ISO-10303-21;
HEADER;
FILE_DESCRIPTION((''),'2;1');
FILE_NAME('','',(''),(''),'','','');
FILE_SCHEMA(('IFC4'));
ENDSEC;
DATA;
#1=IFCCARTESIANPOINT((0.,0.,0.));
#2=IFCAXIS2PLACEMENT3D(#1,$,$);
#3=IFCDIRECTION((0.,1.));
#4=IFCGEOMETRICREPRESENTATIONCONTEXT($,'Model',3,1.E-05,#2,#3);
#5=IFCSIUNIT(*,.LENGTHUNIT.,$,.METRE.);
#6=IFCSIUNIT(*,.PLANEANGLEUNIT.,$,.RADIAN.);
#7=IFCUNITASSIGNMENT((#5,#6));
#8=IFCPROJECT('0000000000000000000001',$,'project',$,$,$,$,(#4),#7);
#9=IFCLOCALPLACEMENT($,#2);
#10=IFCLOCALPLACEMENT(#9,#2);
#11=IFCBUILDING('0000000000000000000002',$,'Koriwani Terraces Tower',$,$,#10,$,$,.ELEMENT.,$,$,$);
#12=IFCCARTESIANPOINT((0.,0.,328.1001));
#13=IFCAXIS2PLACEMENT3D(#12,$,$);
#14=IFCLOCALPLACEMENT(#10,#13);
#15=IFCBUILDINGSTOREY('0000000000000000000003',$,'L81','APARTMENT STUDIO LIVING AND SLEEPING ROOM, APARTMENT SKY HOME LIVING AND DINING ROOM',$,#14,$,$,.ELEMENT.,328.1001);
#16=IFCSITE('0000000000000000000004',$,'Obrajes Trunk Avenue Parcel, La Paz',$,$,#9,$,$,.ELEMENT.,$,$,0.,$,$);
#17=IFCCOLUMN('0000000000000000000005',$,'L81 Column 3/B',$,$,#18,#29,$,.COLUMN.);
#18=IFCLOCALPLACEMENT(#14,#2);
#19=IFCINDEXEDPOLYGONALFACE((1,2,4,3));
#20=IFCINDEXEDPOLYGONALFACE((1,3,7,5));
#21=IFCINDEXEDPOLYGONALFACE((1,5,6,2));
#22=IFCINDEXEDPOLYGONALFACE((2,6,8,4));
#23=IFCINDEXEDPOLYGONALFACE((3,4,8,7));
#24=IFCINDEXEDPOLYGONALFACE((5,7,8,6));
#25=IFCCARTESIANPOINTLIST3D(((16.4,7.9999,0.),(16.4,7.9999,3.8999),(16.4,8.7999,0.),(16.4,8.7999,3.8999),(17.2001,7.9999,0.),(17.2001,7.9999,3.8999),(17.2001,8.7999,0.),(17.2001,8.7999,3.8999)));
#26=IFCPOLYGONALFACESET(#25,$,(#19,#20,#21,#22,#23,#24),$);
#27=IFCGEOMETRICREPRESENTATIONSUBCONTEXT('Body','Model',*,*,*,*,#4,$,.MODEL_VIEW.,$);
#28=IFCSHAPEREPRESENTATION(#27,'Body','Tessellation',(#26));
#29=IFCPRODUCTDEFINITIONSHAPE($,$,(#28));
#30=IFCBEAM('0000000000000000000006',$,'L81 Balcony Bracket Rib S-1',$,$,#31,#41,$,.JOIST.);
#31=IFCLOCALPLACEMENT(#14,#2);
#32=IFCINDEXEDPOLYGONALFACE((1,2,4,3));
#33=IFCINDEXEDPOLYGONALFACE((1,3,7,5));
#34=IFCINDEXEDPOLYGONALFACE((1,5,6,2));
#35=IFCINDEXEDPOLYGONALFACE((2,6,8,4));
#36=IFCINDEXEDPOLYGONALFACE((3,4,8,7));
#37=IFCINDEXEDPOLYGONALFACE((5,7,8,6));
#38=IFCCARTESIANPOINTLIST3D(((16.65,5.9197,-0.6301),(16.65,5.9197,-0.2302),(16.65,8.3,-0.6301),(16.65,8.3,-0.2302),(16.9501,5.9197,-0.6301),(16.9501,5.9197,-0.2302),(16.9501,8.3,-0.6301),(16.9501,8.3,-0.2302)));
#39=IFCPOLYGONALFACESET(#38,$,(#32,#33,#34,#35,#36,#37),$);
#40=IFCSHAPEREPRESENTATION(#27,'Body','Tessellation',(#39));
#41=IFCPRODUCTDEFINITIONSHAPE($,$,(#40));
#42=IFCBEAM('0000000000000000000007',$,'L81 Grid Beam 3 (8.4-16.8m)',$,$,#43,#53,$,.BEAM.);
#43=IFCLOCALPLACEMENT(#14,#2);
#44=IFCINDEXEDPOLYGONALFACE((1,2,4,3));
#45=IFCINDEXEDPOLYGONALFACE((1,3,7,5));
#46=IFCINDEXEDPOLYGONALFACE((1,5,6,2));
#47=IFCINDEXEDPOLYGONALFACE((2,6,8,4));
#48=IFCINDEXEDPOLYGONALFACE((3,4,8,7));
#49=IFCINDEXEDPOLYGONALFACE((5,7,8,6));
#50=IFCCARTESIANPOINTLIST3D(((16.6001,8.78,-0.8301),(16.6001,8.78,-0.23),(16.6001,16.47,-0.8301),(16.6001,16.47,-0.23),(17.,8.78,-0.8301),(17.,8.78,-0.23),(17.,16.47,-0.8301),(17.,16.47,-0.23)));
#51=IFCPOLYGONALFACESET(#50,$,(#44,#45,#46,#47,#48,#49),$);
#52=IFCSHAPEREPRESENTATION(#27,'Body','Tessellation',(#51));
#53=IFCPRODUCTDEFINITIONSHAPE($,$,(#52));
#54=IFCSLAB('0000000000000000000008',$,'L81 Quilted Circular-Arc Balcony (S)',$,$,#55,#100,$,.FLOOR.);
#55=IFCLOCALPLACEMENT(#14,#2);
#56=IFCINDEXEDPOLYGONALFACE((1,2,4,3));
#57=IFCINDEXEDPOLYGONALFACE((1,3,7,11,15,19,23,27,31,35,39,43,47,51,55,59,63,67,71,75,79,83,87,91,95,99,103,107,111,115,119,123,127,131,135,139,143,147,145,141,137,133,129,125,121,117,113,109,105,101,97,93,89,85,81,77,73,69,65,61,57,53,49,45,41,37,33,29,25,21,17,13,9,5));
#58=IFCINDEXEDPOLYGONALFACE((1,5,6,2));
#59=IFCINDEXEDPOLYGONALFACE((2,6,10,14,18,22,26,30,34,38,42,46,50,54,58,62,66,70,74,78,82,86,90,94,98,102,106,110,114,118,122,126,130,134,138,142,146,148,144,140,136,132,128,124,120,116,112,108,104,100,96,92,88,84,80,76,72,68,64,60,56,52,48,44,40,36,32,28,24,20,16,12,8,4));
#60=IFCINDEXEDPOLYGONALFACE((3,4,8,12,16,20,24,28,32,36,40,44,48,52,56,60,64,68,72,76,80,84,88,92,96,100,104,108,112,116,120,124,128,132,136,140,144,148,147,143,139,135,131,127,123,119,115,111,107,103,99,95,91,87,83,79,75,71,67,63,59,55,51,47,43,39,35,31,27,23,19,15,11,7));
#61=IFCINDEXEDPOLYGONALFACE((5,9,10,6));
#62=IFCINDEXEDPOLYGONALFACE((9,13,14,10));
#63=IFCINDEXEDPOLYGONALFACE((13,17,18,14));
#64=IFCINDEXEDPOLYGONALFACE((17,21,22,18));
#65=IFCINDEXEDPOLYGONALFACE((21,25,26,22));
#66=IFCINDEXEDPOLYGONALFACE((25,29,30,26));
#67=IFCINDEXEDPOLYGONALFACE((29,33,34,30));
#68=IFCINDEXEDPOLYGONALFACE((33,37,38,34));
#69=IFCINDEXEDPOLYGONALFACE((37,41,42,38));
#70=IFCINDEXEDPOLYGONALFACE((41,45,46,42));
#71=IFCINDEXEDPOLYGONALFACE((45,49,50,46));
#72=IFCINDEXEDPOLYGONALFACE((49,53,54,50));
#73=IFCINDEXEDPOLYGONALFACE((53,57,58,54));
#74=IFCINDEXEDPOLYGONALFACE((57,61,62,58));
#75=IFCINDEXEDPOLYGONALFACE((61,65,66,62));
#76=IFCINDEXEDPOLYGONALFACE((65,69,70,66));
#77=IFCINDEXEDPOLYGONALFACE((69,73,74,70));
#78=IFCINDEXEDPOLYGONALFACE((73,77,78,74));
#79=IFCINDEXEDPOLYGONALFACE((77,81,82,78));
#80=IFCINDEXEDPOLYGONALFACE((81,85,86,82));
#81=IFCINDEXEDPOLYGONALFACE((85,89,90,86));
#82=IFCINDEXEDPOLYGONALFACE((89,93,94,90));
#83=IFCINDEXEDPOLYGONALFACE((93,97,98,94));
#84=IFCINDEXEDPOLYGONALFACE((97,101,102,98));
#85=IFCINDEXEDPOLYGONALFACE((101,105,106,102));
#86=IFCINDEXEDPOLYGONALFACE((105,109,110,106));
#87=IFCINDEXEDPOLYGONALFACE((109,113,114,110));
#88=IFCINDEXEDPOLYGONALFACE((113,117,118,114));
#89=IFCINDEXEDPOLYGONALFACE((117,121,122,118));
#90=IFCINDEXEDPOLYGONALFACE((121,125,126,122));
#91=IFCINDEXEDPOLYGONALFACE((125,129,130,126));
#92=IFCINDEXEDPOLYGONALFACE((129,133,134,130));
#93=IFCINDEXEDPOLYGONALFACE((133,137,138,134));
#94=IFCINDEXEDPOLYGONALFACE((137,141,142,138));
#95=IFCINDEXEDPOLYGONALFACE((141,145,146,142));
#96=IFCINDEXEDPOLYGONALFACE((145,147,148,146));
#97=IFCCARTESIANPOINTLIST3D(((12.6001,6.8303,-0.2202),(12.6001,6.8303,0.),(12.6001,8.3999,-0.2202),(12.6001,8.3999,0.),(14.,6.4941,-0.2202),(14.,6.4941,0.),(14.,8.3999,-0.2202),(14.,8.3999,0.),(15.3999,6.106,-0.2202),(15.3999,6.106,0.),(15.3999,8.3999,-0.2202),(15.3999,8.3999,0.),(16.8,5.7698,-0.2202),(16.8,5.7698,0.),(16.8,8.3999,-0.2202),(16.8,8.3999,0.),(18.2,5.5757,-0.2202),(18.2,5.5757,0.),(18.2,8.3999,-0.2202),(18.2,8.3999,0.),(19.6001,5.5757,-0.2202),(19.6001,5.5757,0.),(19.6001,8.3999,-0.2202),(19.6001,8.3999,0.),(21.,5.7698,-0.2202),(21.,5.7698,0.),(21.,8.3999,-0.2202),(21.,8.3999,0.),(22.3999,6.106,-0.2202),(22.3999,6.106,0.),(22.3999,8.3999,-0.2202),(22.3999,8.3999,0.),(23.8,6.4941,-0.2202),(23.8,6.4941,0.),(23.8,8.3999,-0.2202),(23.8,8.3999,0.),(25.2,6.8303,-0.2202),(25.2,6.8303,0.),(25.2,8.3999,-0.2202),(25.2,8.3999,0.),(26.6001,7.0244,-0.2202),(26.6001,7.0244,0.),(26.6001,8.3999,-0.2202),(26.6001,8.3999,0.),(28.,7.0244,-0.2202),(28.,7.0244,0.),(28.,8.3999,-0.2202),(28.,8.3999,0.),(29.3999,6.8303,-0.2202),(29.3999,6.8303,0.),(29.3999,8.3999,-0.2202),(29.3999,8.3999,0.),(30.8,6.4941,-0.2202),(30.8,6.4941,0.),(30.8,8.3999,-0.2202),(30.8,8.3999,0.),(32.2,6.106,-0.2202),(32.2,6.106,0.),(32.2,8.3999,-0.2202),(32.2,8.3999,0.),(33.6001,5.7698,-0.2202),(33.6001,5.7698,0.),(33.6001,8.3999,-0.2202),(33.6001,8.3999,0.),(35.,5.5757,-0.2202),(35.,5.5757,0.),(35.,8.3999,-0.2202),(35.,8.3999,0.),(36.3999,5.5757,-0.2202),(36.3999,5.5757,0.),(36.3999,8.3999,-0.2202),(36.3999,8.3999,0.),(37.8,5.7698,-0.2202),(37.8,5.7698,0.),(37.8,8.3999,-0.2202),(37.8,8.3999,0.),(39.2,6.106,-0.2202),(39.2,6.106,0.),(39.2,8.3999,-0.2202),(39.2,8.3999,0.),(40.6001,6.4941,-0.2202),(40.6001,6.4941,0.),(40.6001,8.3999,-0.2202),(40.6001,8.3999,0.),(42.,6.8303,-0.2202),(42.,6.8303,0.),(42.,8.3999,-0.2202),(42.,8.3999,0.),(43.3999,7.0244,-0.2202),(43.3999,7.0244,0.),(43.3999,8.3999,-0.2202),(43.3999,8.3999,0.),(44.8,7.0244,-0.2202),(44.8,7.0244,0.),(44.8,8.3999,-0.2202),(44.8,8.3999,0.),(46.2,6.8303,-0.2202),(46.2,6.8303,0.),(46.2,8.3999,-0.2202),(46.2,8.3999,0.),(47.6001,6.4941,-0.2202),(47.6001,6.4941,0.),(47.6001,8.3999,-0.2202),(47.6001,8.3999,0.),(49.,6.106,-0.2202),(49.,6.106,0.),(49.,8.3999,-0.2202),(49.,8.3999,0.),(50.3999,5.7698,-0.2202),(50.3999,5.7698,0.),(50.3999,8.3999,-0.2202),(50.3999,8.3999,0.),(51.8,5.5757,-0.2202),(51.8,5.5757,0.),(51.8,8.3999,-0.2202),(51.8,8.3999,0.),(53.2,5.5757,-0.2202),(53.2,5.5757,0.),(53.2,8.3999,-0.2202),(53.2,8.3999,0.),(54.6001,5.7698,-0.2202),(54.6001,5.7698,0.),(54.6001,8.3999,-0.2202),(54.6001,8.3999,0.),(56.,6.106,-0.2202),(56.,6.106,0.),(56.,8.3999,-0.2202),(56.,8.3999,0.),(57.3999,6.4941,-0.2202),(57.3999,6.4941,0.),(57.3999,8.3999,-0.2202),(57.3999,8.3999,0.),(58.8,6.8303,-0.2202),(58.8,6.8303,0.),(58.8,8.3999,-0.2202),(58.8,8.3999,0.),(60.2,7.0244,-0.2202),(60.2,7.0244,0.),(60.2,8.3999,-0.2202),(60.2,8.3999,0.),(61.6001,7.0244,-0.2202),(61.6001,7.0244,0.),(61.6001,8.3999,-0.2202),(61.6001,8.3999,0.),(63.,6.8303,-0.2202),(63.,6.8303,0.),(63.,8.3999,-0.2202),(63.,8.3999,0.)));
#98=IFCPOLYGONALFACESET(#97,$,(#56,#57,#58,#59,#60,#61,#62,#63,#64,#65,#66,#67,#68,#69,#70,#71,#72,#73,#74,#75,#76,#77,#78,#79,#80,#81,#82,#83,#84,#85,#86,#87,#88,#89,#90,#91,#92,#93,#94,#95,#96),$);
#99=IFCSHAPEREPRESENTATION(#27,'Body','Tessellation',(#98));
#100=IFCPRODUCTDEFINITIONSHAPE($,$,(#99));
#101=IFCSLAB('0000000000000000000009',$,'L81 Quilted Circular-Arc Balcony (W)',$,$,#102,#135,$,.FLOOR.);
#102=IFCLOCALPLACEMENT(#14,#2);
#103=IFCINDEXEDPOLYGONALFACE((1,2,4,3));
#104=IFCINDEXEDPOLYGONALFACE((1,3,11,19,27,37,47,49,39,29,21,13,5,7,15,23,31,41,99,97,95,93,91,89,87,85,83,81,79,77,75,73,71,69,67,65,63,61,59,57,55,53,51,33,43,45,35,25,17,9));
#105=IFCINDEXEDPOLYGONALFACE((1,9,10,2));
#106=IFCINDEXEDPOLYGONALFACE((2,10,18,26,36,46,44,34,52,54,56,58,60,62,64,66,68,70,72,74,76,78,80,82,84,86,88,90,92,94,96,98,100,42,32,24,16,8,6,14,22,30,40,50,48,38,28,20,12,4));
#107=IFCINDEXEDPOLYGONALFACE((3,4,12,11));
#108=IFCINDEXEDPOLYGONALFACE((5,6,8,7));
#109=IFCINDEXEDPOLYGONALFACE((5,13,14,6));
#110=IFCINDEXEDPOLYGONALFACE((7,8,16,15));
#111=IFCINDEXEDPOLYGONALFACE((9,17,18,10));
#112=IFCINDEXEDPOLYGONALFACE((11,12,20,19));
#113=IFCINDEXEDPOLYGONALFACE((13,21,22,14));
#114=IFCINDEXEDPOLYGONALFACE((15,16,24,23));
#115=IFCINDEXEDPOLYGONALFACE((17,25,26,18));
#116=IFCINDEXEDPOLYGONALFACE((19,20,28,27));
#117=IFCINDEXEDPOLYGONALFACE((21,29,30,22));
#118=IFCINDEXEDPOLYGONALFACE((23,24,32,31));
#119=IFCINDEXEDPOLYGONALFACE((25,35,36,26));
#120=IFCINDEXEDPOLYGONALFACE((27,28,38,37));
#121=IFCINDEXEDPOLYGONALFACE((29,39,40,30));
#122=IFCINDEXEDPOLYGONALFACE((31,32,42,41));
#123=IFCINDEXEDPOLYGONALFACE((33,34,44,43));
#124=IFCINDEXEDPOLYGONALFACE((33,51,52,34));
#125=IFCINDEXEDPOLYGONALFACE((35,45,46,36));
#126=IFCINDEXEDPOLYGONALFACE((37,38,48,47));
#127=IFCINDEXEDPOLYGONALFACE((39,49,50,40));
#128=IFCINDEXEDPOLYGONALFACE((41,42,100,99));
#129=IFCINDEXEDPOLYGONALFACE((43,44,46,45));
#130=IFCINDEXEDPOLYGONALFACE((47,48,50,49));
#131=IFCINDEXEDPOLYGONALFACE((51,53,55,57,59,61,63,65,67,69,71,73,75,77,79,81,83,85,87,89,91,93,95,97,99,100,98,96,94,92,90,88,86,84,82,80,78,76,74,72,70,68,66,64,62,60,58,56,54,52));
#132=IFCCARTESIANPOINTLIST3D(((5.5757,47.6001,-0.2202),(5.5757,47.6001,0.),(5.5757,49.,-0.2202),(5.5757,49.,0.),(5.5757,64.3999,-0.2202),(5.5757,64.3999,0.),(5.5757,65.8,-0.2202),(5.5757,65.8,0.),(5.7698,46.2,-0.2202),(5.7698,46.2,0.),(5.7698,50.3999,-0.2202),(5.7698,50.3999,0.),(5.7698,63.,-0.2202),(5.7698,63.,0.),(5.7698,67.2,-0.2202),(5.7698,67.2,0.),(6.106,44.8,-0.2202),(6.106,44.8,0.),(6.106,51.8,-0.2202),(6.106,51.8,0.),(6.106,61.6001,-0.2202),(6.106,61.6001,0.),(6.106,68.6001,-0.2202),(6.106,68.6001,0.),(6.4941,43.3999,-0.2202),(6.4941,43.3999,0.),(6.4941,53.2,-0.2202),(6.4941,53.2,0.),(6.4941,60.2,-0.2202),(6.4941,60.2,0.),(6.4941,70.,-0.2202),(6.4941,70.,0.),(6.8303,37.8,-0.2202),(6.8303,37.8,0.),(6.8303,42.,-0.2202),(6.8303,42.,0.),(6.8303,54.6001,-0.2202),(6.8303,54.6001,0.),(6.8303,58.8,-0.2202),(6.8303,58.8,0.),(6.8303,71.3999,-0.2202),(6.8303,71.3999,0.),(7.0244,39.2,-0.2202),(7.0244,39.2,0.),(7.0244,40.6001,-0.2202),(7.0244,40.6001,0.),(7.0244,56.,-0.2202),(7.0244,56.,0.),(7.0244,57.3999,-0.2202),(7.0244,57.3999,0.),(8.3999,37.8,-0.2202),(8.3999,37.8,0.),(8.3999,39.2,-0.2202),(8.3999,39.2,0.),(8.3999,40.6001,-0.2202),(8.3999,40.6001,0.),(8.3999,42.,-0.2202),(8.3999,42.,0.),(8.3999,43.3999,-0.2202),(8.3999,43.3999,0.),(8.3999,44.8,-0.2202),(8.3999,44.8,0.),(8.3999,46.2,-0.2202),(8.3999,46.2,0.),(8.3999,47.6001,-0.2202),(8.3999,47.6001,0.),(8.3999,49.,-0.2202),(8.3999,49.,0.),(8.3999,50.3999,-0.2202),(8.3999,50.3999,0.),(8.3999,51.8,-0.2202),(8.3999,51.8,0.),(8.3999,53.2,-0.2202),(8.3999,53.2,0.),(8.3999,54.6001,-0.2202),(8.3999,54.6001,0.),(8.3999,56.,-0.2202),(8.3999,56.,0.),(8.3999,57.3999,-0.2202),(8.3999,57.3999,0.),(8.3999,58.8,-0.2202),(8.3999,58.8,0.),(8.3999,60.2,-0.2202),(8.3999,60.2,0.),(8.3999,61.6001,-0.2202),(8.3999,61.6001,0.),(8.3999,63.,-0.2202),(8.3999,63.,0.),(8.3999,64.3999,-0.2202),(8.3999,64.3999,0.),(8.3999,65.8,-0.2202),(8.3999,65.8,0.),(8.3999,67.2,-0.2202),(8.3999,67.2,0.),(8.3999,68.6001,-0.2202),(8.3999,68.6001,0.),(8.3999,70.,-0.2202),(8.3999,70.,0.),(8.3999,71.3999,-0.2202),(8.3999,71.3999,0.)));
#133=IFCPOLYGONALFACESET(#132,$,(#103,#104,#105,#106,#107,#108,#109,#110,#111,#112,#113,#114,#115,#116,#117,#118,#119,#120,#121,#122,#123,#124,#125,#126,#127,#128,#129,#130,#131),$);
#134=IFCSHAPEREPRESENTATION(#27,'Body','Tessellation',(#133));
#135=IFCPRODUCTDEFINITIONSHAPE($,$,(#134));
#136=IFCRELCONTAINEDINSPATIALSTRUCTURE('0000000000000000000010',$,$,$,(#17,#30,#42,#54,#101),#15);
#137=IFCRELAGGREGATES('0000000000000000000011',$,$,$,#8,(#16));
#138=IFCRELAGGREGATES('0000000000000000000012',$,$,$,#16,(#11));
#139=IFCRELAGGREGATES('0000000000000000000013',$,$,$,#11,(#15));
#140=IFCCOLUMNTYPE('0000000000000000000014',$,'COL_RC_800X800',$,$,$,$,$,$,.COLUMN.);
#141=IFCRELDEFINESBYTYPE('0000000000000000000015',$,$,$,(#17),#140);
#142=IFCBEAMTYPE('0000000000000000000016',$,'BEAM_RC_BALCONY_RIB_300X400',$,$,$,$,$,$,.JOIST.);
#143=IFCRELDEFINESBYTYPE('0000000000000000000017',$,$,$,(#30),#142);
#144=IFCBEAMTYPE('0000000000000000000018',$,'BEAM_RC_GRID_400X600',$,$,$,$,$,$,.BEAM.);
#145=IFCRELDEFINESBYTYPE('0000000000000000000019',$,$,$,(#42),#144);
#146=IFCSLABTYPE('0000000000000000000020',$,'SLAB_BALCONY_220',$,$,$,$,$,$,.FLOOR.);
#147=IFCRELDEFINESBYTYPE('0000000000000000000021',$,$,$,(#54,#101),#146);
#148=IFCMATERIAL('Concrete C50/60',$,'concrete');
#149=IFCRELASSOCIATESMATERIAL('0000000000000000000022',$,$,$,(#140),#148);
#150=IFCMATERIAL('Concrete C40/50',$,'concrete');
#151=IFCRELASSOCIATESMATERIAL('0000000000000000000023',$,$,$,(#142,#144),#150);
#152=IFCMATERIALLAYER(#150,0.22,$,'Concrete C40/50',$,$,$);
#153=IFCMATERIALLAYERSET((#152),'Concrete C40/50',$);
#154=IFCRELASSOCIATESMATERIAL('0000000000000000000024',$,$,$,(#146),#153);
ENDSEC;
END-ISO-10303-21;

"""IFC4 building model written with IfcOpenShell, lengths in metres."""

from ifc_helpers import new_model, si_unit, direction, frame, origin, origin_2d, place, context, subcontext, project, spatial, polyline, rectangle, outline, extrude, material, layer, layer_set, material_profile, profile_set, type_object, element, save


model = new_model("IFC4")

# Units and contexts
model_context = context("Model", 3, precision=1e-05, world=origin(), true_north=direction((0.0, 1.0)))
body_context = subcontext(model_context, "Body", "Model", "MODEL_VIEW")
ifc_project = project(units=[si_unit("LENGTHUNIT", "METRE"), si_unit("PLANEANGLEUNIT", "RADIAN")], contexts=[model_context])

# Site, building, storey
site_placement = place(None, origin())
site = spatial("IfcSite", under=ifc_project, at=site_placement, Name="Obrajes Trunk Avenue Parcel, La Paz", CompositionType="ELEMENT", RefElevation=0.0)
building_placement = place(site_placement, origin())
building = spatial("IfcBuilding", under=site, at=building_placement, Name="Koriwani Terraces Tower", CompositionType="ELEMENT")
storey_placement = place(building_placement, frame((0.0, 0.0, 328.1001)))
storey = spatial("IfcBuildingStorey", under=building, at=storey_placement, Name="L81", Description="APARTMENT STUDIO LIVING AND SLEEPING ROOM, APARTMENT SKY HOME LIVING AND DINING ROOM", CompositionType="ELEMENT", Elevation=328.1001)

# Column
ifc_material_1 = material(Name="Concrete C50/60", Category="concrete")
ifc_material_profile_1 = material_profile(ifc_material_1, rectangle(XDim=0.8, YDim=0.8, at=origin_2d()), Name="Concrete C50/60", Category="LoadBearing")
ifc_profile_set_1 = profile_set([ifc_material_profile_1], Name="Concrete C50/60")
column_type = type_object("IfcColumnType", Name="COL_RC_800X800", PredefinedType="COLUMN", material=ifc_profile_set_1)
column_placement = place(storey_placement, frame((16.8, 8.3999, 0.0), z_axis=(0.0, 0.0, 1.0), x_axis=(1.0, 0.0, 0.0)))
element("IfcColumn", 1, at=column_placement, inside=storey, type_object=column_type, Name="L81 Column 3/B", PredefinedType="COLUMN", context=body_context, shape_type="SweptSolid", body=[
    extrude(rectangle(XDim=0.8, YDim=0.8, at=origin_2d()), origin(), (0.0, 0.0, 1.0), 3.8999),
])

# Beams
ifc_material_2 = material(Name="Concrete C40/50", Category="concrete")
ifc_material_profile_2 = material_profile(ifc_material_2, rectangle(XDim=0.3, YDim=0.3999, at=origin_2d()), Name="Concrete C40/50", Category="LoadBearing")
ifc_profile_set_2 = profile_set([ifc_material_profile_2], Name="Concrete C40/50")
beam_type_1 = type_object("IfcBeamType", Name="BEAM_RC_BALCONY_RIB_300X400", PredefinedType="JOIST", material=ifc_profile_set_2)
beam_1_placement = place(storey_placement, frame((16.8, 5.9197, -0.4302), z_axis=(0.0, 1.0, 0.0), x_axis=(-1.0, 0.0, 0.0)))
element("IfcBeam", 2, at=beam_1_placement, inside=storey, type_object=beam_type_1, Name="L81 Balcony Bracket Rib S-1", PredefinedType="JOIST", context=body_context, shape_type="SweptSolid", body=[
    extrude(rectangle(XDim=0.3, YDim=0.3999, at=origin_2d()), origin(), (0.0, 0.0, 1.0), 2.3804),
])
ifc_material_profile_3 = material_profile(ifc_material_2, rectangle(XDim=0.3999, YDim=0.6001, at=origin_2d()), Name="Concrete C40/50", Category="LoadBearing")
ifc_profile_set_3 = profile_set([ifc_material_profile_3], Name="Concrete C40/50")
beam_type_2 = type_object("IfcBeamType", Name="BEAM_RC_GRID_400X600", PredefinedType="BEAM", material=ifc_profile_set_3)
beam_2_placement = place(storey_placement, frame((16.8, 8.78, -0.53), z_axis=(0.0, 1.0, 0.0), x_axis=(-1.0, 0.0, 0.0)))
element("IfcBeam", 3, at=beam_2_placement, inside=storey, type_object=beam_type_2, Name="L81 Grid Beam 3 (8.4-16.8m)", PredefinedType="BEAM", context=body_context, shape_type="SweptSolid", body=[
    extrude(rectangle(XDim=0.3999, YDim=0.6001, at=origin_2d()), origin(), (0.0, 0.0, 1.0), 7.6899),
])

# Slabs
ifc_layer_1 = layer(ifc_material_2, 0.22, Name="Concrete C40/50")
ifc_layer_set_1 = layer_set([ifc_layer_1], Name="Concrete C40/50")
slab_type_1 = type_object("IfcSlabType", Name="SLAB_BALCONY_220", PredefinedType="FLOOR", material=ifc_layer_set_1)
slab_1_placement = place(storey_placement, frame((0.0, 0.0, -0.2202)))
element("IfcSlab", 4, at=slab_1_placement, inside=storey, type_object=slab_type_1, Name="L81 Quilted Circular-Arc Balcony (S)", PredefinedType="FLOOR", context=body_context, shape_type="SweptSolid", body=[
    extrude(outline(polyline([(12.6001, 8.3999), (14.0, 8.3999), (15.3999, 8.3999), (16.8, 8.3999), (18.2, 8.3999), (19.6001, 8.3999), (21.0, 8.3999), (22.3999, 8.3999), (23.8, 8.3999), (25.2, 8.3999), (26.6001, 8.3999), (28.0, 8.3999), (29.3999, 8.3999), (30.8, 8.3999), (32.2, 8.3999), (33.6001, 8.3999), (35.0, 8.3999), (36.3999, 8.3999), (37.8, 8.3999), (39.2, 8.3999), (40.6001, 8.3999), (42.0, 8.3999), (43.3999, 8.3999), (44.8, 8.3999), (46.2, 8.3999), (47.6001, 8.3999), (49.0, 8.3999), (50.3999, 8.3999), (51.8, 8.3999), (53.2, 8.3999), (54.6001, 8.3999), (56.0, 8.3999), (57.3999, 8.3999), (58.8, 8.3999), (60.2, 8.3999), (61.6001, 8.3999), (63.0, 8.3999), (63.0, 6.8303), (61.6001, 7.0244), (60.2, 7.0244), (58.8, 6.8303), (57.3999, 6.4941), (56.0, 6.106), (54.6001, 5.7698), (53.2, 5.5757), (51.8, 5.5757), (50.3999, 5.7698), (49.0, 6.106), (47.6001, 6.4941), (46.2, 6.8303), (44.8, 7.0244), (43.3999, 7.0244), (42.0, 6.8303), (40.6001, 6.4941), (39.2, 6.106), (37.8, 5.7698), (36.3999, 5.5757), (35.0, 5.5757), (33.6001, 5.7698), (32.2, 6.106), (30.8, 6.4941), (29.3999, 6.8303), (28.0, 7.0244), (26.6001, 7.0244), (25.2, 6.8303), (23.8, 6.4941), (22.3999, 6.106), (21.0, 5.7698), (19.6001, 5.5757), (18.2, 5.5757), (16.8, 5.7698), (15.3999, 6.106), (14.0, 6.4941), (12.6001, 6.8303), (12.6001, 8.3999)])), origin(), (0.0, 0.0, 1.0), 0.2202),
])
slab_2_placement = place(storey_placement, frame((0.0, 0.0, -0.2202)))
element("IfcSlab", 5, at=slab_2_placement, inside=storey, type_object=slab_type_1, Name="L81 Quilted Circular-Arc Balcony (W)", PredefinedType="FLOOR", context=body_context, shape_type="SweptSolid", body=[
    extrude(outline(polyline([(8.3999, 37.8), (8.3999, 39.2), (8.3999, 40.6001), (8.3999, 42.0), (8.3999, 43.3999), (8.3999, 44.8), (8.3999, 46.2), (8.3999, 47.6001), (8.3999, 49.0), (8.3999, 50.3999), (8.3999, 51.8), (8.3999, 53.2), (8.3999, 54.6001), (8.3999, 56.0), (8.3999, 57.3999), (8.3999, 58.8), (8.3999, 60.2), (8.3999, 61.6001), (8.3999, 63.0), (8.3999, 64.3999), (8.3999, 65.8), (8.3999, 67.2), (8.3999, 68.6001), (8.3999, 70.0), (8.3999, 71.3999), (6.8303, 71.3999), (6.4941, 70.0), (6.106, 68.6001), (5.7698, 67.2), (5.5757, 65.8), (5.5757, 64.3999), (5.7698, 63.0), (6.106, 61.6001), (6.4941, 60.2), (6.8303, 58.8), (7.0244, 57.3999), (7.0244, 56.0), (6.8303, 54.6001), (6.4941, 53.2), (6.106, 51.8), (5.7698, 50.3999), (5.5757, 49.0), (5.5757, 47.6001), (5.7698, 46.2), (6.106, 44.8), (6.4941, 43.3999), (6.8303, 42.0), (7.0244, 40.6001), (7.0244, 39.2), (6.8303, 37.8), (8.3999, 37.8)])), origin(), (0.0, 0.0, 1.0), 0.2202),
])

save(model, "model.ifc")
